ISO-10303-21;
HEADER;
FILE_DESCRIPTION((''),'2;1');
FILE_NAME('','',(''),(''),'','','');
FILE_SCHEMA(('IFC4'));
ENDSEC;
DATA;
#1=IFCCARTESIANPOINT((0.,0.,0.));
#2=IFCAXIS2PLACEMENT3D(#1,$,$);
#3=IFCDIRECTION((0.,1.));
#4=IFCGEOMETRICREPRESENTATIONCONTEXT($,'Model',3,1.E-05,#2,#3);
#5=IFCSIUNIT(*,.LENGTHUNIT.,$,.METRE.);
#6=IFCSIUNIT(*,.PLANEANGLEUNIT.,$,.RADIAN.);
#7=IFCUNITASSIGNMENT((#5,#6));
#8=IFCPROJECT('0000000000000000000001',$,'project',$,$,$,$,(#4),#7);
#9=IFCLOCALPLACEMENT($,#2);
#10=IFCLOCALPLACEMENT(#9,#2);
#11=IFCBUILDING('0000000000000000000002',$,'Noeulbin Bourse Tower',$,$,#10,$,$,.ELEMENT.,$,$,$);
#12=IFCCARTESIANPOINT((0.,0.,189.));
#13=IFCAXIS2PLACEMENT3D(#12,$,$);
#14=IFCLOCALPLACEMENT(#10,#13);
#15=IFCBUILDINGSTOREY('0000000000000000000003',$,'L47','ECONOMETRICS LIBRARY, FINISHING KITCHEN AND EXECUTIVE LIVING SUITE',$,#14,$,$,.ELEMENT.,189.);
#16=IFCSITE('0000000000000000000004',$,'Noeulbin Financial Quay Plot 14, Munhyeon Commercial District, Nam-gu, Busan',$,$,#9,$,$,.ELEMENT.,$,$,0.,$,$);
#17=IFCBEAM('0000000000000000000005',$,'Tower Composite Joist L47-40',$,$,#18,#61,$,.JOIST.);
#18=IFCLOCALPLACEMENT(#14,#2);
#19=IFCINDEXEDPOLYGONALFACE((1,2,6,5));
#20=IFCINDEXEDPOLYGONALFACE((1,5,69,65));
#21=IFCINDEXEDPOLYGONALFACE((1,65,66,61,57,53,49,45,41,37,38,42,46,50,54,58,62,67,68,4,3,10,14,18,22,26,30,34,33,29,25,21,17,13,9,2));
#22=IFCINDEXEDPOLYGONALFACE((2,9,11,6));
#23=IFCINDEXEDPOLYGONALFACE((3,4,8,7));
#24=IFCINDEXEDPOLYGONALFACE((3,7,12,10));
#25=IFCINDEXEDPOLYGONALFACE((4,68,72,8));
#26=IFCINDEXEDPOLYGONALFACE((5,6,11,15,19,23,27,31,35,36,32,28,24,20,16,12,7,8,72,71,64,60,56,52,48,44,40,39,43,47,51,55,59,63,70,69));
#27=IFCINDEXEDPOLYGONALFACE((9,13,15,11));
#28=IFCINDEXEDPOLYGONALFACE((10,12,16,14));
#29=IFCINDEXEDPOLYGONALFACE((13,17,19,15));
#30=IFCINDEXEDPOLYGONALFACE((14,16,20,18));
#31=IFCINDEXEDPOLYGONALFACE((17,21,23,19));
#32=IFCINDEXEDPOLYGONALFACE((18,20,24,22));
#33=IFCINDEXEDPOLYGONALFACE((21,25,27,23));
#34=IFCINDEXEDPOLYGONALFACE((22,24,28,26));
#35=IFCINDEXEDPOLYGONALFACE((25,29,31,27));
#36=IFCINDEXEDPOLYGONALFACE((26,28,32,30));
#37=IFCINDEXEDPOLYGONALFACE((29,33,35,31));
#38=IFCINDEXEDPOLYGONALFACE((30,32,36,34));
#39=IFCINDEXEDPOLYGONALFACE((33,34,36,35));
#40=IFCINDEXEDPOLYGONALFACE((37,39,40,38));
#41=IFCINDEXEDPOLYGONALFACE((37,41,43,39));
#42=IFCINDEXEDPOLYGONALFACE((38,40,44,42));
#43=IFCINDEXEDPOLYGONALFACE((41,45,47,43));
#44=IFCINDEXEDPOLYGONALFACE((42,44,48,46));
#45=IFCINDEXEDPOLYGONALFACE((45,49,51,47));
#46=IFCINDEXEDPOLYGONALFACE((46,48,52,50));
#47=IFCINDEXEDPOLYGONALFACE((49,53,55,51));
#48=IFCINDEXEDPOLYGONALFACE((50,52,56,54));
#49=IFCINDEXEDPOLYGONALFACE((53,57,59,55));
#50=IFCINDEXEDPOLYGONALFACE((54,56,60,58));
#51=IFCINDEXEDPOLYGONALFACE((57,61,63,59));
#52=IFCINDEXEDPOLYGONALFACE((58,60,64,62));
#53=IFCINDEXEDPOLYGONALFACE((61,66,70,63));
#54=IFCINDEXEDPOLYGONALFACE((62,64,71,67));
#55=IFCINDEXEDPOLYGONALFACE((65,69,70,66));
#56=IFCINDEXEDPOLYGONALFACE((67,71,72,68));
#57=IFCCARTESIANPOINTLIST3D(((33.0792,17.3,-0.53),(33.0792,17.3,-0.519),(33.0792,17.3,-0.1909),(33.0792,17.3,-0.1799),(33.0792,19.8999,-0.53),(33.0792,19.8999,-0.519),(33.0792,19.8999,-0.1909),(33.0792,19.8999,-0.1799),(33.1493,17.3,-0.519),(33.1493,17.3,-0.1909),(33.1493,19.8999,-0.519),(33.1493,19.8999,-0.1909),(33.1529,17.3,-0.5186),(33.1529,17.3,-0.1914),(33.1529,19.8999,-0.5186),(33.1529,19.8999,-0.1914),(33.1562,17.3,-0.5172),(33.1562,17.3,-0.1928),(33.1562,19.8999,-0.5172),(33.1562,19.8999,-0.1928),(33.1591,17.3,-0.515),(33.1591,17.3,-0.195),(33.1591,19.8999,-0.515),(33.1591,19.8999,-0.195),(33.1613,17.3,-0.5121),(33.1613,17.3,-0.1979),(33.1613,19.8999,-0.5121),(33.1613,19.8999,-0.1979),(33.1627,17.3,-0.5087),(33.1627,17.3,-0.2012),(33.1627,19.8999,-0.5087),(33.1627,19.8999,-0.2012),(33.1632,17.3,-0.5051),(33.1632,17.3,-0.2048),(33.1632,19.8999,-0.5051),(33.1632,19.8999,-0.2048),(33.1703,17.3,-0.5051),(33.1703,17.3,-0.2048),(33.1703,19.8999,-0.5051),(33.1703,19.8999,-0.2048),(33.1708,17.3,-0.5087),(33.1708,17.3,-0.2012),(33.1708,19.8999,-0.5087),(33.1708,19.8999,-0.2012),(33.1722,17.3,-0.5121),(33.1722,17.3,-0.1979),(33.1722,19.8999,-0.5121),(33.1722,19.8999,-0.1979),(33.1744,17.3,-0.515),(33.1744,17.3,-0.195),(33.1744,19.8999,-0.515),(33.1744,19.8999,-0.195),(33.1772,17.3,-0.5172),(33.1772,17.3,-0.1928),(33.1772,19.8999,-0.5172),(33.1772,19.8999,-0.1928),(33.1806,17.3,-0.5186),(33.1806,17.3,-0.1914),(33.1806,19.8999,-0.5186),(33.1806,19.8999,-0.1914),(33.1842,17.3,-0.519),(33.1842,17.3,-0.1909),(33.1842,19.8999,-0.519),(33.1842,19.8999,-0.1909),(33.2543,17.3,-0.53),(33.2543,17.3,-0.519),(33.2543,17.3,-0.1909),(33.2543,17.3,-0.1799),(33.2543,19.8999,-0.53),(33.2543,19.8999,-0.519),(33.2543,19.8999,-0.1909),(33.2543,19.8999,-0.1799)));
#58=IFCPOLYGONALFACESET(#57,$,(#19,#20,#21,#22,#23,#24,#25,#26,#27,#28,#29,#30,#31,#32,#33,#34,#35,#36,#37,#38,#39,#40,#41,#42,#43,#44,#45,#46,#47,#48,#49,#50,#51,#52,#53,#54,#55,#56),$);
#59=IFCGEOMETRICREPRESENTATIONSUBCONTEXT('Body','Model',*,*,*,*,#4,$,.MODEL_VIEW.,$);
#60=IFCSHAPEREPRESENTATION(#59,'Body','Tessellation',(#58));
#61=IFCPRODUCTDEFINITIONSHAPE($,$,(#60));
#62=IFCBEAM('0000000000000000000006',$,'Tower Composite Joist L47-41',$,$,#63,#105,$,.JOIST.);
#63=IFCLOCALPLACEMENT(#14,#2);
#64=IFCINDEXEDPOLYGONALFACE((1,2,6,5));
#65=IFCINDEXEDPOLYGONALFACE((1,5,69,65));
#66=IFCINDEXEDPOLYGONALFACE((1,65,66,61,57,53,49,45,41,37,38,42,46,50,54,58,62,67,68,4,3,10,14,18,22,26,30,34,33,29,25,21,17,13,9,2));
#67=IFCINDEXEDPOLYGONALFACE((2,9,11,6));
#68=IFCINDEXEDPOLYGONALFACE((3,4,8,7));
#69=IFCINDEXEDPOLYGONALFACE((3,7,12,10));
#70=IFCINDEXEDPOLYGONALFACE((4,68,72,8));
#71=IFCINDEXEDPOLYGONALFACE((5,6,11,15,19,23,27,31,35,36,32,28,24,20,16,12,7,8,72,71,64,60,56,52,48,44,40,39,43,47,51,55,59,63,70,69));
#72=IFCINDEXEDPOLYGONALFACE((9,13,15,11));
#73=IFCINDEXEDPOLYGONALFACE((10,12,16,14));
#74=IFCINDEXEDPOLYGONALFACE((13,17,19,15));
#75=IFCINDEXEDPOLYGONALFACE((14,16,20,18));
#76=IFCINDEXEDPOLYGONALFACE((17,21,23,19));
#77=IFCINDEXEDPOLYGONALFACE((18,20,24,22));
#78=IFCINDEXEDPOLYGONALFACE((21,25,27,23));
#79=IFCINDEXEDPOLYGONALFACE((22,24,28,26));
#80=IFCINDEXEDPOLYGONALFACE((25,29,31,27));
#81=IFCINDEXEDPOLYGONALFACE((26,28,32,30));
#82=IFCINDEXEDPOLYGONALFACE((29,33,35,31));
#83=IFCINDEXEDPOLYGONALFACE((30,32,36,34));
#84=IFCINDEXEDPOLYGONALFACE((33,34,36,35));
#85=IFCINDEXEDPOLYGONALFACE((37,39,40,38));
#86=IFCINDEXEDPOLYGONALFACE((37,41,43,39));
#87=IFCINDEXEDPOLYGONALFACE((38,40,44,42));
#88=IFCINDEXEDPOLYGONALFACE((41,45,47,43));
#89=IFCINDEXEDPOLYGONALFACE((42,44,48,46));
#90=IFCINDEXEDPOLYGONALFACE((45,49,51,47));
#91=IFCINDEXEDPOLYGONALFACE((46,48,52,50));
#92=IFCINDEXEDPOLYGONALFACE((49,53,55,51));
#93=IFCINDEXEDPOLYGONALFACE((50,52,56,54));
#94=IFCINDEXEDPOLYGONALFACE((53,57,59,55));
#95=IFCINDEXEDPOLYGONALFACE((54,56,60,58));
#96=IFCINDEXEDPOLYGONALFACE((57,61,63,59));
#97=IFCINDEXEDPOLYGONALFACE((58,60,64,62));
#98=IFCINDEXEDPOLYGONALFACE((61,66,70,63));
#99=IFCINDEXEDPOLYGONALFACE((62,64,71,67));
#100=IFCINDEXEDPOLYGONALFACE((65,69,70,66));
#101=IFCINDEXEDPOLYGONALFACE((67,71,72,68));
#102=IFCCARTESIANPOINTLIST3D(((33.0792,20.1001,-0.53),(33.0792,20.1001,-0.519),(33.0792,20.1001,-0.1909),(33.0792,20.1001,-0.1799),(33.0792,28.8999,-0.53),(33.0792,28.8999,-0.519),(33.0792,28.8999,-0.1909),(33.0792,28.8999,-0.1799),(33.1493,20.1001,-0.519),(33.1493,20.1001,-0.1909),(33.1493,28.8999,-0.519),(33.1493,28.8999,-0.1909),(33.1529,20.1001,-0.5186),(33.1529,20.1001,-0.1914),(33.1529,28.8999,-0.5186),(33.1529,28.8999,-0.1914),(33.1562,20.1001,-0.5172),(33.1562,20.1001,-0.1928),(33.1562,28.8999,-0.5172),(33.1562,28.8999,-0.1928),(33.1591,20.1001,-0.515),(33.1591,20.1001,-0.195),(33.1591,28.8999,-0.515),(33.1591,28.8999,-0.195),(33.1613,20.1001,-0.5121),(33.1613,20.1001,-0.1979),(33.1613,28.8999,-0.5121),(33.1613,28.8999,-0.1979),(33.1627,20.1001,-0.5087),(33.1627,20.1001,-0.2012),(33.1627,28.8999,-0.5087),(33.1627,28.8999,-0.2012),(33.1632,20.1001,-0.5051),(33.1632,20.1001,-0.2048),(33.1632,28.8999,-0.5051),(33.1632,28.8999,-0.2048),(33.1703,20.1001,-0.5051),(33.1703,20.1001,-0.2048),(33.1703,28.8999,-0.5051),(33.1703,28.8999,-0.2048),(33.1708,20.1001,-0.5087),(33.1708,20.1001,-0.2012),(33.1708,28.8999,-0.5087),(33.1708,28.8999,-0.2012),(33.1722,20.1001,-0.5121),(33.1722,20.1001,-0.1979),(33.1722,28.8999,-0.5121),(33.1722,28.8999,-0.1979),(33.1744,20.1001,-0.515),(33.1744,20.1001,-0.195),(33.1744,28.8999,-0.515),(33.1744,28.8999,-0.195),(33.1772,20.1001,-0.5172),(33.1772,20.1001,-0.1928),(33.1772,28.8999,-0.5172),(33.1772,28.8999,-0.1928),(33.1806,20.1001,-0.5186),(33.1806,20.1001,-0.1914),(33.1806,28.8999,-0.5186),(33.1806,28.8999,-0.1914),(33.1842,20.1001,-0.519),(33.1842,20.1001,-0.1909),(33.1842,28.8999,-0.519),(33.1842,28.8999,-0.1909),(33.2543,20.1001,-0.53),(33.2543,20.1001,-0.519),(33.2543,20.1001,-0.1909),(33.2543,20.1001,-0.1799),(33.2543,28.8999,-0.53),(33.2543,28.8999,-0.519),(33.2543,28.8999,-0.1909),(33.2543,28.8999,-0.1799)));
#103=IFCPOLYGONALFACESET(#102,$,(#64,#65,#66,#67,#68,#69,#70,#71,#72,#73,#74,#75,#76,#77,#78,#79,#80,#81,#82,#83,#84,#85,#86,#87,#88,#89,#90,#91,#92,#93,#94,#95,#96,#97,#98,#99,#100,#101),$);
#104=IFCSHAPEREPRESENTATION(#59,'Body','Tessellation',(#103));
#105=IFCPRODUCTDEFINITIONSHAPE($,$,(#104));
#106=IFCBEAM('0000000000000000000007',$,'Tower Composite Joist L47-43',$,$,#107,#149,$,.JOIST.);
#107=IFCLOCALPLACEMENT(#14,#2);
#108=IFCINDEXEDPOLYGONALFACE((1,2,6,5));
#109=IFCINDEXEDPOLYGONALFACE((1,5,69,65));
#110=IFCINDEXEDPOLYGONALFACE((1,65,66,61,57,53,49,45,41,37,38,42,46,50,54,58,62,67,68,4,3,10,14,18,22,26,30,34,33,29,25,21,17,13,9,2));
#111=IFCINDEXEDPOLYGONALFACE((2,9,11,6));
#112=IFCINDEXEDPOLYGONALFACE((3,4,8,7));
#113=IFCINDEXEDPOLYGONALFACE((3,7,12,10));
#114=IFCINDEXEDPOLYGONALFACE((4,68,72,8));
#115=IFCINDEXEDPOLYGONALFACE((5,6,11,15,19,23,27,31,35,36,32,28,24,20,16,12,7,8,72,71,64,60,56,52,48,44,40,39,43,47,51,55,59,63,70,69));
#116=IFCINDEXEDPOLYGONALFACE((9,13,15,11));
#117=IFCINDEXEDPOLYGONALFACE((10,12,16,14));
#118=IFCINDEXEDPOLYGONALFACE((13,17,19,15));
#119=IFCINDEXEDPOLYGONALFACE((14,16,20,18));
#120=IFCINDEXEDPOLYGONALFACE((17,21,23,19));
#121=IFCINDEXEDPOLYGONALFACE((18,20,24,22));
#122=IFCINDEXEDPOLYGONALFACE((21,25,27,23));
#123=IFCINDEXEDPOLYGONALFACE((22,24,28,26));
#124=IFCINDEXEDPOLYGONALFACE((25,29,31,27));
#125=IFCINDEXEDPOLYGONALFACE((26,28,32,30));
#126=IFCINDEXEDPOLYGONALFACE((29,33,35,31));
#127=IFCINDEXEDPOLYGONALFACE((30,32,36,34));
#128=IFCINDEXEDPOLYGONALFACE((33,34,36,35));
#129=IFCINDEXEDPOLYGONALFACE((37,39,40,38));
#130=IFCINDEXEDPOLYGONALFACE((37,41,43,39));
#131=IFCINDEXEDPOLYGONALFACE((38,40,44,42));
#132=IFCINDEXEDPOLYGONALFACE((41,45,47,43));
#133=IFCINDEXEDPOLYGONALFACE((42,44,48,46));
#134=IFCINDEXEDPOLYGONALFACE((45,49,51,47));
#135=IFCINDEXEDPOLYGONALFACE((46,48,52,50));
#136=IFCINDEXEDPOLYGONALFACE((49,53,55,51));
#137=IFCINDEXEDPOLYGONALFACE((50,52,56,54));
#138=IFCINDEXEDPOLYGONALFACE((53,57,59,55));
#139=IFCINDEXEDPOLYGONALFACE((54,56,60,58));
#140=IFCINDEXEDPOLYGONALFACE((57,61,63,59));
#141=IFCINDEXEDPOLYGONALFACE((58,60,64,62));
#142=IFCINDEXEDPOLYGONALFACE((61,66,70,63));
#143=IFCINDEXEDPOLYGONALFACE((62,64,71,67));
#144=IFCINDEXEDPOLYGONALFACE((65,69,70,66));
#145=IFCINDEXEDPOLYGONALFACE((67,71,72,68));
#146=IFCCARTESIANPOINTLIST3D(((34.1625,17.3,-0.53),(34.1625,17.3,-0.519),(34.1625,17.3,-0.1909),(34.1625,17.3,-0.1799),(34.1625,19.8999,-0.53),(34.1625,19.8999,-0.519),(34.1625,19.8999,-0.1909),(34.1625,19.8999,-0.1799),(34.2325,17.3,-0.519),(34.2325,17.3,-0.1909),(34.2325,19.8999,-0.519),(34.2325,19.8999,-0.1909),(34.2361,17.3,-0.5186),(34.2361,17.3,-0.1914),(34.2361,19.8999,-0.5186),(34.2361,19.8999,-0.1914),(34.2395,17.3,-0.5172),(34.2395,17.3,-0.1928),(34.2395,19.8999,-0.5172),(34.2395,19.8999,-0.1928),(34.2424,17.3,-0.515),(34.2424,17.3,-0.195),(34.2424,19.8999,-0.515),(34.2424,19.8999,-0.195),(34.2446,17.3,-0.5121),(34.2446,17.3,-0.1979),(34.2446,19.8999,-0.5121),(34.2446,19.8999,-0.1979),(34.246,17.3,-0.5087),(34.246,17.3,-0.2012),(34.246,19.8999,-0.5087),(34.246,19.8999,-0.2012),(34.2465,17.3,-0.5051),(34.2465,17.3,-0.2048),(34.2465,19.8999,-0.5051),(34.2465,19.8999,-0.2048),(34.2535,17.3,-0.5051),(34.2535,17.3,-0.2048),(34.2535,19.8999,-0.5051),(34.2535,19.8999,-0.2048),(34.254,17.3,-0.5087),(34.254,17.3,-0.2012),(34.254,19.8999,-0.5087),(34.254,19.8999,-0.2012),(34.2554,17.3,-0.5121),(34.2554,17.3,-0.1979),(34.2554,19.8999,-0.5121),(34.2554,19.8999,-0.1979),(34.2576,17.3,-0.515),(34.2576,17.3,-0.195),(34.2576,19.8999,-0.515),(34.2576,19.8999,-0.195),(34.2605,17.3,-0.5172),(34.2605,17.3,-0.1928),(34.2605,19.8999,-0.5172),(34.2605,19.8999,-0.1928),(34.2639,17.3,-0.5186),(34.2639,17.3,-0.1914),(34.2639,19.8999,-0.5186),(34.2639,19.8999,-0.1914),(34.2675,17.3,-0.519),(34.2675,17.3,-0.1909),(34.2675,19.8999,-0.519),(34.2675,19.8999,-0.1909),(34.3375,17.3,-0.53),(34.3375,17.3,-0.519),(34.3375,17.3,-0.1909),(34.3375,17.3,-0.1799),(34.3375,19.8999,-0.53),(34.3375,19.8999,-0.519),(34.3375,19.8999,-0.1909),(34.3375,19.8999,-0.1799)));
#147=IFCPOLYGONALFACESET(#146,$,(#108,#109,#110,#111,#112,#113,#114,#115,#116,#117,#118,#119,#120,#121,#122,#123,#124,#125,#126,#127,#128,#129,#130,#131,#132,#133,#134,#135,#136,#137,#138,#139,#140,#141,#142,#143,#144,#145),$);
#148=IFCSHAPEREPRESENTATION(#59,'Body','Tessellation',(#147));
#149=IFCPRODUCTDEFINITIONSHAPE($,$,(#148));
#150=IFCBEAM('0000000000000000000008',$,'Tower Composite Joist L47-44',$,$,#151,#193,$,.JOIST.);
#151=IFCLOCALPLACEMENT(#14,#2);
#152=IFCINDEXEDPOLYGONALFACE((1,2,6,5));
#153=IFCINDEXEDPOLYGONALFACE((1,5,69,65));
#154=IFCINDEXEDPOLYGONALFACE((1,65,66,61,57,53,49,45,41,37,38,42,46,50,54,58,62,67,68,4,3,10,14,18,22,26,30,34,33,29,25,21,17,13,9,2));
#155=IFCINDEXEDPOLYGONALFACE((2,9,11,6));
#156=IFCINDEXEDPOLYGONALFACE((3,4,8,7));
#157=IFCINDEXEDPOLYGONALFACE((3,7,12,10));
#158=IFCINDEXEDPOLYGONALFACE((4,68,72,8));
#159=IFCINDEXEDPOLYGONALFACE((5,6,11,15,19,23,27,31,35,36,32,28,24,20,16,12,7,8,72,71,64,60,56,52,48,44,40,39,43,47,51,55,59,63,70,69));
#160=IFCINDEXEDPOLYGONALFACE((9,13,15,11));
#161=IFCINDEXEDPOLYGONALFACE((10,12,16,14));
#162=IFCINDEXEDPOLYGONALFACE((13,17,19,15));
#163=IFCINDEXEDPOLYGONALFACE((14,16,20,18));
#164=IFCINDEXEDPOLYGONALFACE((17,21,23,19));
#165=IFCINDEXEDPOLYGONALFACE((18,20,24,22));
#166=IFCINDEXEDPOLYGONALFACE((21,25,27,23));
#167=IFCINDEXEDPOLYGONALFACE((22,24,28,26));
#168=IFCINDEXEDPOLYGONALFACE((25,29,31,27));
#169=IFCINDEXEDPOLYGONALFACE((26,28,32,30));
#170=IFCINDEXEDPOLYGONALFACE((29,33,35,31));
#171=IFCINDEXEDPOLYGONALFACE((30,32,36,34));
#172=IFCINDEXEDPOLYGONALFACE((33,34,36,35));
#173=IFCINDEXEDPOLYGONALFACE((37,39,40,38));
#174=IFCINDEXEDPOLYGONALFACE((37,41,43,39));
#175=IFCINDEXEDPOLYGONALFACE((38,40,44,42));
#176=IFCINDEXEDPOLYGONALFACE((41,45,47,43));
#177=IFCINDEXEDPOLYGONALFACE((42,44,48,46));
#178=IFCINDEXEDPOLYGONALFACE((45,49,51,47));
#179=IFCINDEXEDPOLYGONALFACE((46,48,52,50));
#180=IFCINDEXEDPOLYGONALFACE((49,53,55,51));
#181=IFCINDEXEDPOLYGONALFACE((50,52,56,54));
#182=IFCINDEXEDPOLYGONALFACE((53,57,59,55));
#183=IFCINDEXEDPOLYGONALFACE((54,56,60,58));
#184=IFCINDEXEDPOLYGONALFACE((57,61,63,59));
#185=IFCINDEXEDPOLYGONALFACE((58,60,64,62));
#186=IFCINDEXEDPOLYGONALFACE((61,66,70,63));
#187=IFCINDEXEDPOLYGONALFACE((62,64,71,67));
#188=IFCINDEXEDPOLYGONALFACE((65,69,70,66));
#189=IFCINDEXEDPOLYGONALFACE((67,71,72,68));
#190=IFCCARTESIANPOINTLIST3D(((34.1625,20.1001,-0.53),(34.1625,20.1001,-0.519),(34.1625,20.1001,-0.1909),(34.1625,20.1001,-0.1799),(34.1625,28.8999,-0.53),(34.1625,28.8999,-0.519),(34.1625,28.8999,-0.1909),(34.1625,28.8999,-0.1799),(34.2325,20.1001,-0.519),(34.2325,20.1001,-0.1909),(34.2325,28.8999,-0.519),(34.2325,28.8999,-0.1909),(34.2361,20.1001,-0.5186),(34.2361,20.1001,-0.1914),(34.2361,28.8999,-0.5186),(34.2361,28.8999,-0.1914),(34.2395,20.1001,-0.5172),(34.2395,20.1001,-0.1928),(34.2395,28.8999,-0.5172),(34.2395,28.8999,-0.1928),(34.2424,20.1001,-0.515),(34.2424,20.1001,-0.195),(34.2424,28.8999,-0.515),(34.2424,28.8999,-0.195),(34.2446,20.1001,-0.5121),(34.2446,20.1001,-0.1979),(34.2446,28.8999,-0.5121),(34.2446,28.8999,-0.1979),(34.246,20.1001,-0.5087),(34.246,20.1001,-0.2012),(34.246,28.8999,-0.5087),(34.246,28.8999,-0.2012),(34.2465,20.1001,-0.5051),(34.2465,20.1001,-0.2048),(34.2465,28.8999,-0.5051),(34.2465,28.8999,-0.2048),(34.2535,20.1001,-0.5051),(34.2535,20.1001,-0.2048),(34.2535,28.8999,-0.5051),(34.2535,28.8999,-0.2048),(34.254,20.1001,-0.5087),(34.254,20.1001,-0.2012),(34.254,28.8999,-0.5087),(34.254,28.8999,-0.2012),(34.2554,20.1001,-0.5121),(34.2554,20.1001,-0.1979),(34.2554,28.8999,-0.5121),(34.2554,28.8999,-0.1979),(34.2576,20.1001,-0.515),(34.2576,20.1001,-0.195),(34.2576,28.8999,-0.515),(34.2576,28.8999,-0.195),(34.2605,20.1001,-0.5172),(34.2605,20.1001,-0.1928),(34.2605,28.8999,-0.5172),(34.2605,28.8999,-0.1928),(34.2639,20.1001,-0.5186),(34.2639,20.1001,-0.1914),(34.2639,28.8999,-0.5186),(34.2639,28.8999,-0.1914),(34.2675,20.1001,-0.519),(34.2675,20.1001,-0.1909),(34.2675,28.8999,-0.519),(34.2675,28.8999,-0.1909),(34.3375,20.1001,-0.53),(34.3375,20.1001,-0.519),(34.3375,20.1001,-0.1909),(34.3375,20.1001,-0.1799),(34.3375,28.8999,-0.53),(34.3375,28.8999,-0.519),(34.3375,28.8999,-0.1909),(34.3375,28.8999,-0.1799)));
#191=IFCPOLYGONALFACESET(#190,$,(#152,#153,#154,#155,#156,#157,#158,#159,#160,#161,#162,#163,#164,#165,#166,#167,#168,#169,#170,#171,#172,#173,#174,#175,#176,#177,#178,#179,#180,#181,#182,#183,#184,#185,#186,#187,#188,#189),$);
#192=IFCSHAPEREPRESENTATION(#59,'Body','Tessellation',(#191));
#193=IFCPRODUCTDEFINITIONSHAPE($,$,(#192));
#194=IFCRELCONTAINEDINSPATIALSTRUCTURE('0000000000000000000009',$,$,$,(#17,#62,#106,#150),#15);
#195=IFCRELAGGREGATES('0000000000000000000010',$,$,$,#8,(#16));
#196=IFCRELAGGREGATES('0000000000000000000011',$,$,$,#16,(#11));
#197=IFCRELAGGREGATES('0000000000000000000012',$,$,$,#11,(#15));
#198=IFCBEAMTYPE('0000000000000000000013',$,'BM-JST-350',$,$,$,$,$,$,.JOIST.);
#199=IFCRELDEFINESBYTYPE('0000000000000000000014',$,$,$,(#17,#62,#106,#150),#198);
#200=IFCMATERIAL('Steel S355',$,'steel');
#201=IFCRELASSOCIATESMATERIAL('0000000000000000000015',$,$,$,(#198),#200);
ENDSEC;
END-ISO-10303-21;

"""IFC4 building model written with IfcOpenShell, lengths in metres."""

from ifc_helpers import new_model, si_unit, direction, frame, origin, origin_2d, place, context, subcontext, project, spatial, i_section, extrude, material, material_profile, profile_set, type_object, element, save


model = new_model("IFC4")

# Units and contexts
model_context = context("Model", 3, precision=1e-05, world=origin(), true_north=direction((0.0, 1.0)))
body_context = subcontext(model_context, "Body", "Model", "MODEL_VIEW")
ifc_project = project(units=[si_unit("LENGTHUNIT", "METRE"), si_unit("PLANEANGLEUNIT", "RADIAN")], contexts=[model_context])

# Site, building, storey
site_placement = place(None, origin())
site = spatial("IfcSite", under=ifc_project, at=site_placement, Name="Noeulbin Financial Quay Plot 14, Munhyeon Commercial District, Nam-gu, Busan", CompositionType="ELEMENT", RefElevation=0.0)
building_placement = place(site_placement, origin())
building = spatial("IfcBuilding", under=site, at=building_placement, Name="Noeulbin Bourse Tower", CompositionType="ELEMENT")
storey_placement = place(building_placement, frame((0.0, 0.0, 189.0)))
storey = spatial("IfcBuildingStorey", under=building, at=storey_placement, Name="L47", Description="ECONOMETRICS LIBRARY, FINISHING KITCHEN AND EXECUTIVE LIVING SUITE", CompositionType="ELEMENT", Elevation=189.0)

# Beams
ifc_material_1 = material(Name="Steel S355", Category="steel")
ifc_material_profile_1 = material_profile(ifc_material_1, i_section(OverallWidth=0.175, OverallDepth=0.3501, WebThickness=0.0071, FlangeThickness=0.011, FilletRadius=0.0139, at=origin_2d()), Name="H-350x175x7x11", Category="LoadBearing")
ifc_profile_set_1 = profile_set([ifc_material_profile_1], Name="Steel S355")
beam_type_1 = type_object("IfcBeamType", Name="BM-JST-350", PredefinedType="JOIST", material=ifc_profile_set_1)
beam_1_placement = place(storey_placement, frame((33.1667, 17.3, -0.355), z_axis=(0.0, 1.0, 0.0), x_axis=(-1.0, 0.0, 0.0)))
element("IfcBeam", 1, at=beam_1_placement, inside=storey, type_object=beam_type_1, Name="Tower Composite Joist L47-40", PredefinedType="JOIST", context=body_context, shape_type="SweptSolid", body=[
    extrude(i_section(OverallWidth=0.175, OverallDepth=0.3501, WebThickness=0.0071, FlangeThickness=0.011, FilletRadius=0.0139, at=origin_2d()), origin(), (0.0, 0.0, 1.0), 2.5999),
])
beam_2_placement = place(storey_placement, frame((33.1667, 20.1001, -0.355), z_axis=(0.0, 1.0, 0.0), x_axis=(-1.0, 0.0, 0.0)))
element("IfcBeam", 2, at=beam_2_placement, inside=storey, type_object=beam_type_1, Name="Tower Composite Joist L47-41", PredefinedType="JOIST", context=body_context, shape_type="SweptSolid", body=[
    extrude(i_section(OverallWidth=0.175, OverallDepth=0.3501, WebThickness=0.0071, FlangeThickness=0.011, FilletRadius=0.0139, at=origin_2d()), origin(), (0.0, 0.0, 1.0), 8.7998),
])
beam_3_placement = place(storey_placement, frame((34.25, 17.3, -0.355), z_axis=(0.0, 1.0, 0.0), x_axis=(-1.0, 0.0, 0.0)))
element("IfcBeam", 3, at=beam_3_placement, inside=storey, type_object=beam_type_1, Name="Tower Composite Joist L47-43", PredefinedType="JOIST", context=body_context, shape_type="SweptSolid", body=[
    extrude(i_section(OverallWidth=0.175, OverallDepth=0.3501, WebThickness=0.0071, FlangeThickness=0.011, FilletRadius=0.0139, at=origin_2d()), origin(), (0.0, 0.0, 1.0), 2.5999),
])
beam_4_placement = place(storey_placement, frame((34.25, 20.1001, -0.355), z_axis=(0.0, 1.0, 0.0), x_axis=(-1.0, 0.0, 0.0)))
element("IfcBeam", 4, at=beam_4_placement, inside=storey, type_object=beam_type_1, Name="Tower Composite Joist L47-44", PredefinedType="JOIST", context=body_context, shape_type="SweptSolid", body=[
    extrude(i_section(OverallWidth=0.175, OverallDepth=0.3501, WebThickness=0.0071, FlangeThickness=0.011, FilletRadius=0.0139, at=origin_2d()), origin(), (0.0, 0.0, 1.0), 8.7998),
])

save(model, "model.ifc")
